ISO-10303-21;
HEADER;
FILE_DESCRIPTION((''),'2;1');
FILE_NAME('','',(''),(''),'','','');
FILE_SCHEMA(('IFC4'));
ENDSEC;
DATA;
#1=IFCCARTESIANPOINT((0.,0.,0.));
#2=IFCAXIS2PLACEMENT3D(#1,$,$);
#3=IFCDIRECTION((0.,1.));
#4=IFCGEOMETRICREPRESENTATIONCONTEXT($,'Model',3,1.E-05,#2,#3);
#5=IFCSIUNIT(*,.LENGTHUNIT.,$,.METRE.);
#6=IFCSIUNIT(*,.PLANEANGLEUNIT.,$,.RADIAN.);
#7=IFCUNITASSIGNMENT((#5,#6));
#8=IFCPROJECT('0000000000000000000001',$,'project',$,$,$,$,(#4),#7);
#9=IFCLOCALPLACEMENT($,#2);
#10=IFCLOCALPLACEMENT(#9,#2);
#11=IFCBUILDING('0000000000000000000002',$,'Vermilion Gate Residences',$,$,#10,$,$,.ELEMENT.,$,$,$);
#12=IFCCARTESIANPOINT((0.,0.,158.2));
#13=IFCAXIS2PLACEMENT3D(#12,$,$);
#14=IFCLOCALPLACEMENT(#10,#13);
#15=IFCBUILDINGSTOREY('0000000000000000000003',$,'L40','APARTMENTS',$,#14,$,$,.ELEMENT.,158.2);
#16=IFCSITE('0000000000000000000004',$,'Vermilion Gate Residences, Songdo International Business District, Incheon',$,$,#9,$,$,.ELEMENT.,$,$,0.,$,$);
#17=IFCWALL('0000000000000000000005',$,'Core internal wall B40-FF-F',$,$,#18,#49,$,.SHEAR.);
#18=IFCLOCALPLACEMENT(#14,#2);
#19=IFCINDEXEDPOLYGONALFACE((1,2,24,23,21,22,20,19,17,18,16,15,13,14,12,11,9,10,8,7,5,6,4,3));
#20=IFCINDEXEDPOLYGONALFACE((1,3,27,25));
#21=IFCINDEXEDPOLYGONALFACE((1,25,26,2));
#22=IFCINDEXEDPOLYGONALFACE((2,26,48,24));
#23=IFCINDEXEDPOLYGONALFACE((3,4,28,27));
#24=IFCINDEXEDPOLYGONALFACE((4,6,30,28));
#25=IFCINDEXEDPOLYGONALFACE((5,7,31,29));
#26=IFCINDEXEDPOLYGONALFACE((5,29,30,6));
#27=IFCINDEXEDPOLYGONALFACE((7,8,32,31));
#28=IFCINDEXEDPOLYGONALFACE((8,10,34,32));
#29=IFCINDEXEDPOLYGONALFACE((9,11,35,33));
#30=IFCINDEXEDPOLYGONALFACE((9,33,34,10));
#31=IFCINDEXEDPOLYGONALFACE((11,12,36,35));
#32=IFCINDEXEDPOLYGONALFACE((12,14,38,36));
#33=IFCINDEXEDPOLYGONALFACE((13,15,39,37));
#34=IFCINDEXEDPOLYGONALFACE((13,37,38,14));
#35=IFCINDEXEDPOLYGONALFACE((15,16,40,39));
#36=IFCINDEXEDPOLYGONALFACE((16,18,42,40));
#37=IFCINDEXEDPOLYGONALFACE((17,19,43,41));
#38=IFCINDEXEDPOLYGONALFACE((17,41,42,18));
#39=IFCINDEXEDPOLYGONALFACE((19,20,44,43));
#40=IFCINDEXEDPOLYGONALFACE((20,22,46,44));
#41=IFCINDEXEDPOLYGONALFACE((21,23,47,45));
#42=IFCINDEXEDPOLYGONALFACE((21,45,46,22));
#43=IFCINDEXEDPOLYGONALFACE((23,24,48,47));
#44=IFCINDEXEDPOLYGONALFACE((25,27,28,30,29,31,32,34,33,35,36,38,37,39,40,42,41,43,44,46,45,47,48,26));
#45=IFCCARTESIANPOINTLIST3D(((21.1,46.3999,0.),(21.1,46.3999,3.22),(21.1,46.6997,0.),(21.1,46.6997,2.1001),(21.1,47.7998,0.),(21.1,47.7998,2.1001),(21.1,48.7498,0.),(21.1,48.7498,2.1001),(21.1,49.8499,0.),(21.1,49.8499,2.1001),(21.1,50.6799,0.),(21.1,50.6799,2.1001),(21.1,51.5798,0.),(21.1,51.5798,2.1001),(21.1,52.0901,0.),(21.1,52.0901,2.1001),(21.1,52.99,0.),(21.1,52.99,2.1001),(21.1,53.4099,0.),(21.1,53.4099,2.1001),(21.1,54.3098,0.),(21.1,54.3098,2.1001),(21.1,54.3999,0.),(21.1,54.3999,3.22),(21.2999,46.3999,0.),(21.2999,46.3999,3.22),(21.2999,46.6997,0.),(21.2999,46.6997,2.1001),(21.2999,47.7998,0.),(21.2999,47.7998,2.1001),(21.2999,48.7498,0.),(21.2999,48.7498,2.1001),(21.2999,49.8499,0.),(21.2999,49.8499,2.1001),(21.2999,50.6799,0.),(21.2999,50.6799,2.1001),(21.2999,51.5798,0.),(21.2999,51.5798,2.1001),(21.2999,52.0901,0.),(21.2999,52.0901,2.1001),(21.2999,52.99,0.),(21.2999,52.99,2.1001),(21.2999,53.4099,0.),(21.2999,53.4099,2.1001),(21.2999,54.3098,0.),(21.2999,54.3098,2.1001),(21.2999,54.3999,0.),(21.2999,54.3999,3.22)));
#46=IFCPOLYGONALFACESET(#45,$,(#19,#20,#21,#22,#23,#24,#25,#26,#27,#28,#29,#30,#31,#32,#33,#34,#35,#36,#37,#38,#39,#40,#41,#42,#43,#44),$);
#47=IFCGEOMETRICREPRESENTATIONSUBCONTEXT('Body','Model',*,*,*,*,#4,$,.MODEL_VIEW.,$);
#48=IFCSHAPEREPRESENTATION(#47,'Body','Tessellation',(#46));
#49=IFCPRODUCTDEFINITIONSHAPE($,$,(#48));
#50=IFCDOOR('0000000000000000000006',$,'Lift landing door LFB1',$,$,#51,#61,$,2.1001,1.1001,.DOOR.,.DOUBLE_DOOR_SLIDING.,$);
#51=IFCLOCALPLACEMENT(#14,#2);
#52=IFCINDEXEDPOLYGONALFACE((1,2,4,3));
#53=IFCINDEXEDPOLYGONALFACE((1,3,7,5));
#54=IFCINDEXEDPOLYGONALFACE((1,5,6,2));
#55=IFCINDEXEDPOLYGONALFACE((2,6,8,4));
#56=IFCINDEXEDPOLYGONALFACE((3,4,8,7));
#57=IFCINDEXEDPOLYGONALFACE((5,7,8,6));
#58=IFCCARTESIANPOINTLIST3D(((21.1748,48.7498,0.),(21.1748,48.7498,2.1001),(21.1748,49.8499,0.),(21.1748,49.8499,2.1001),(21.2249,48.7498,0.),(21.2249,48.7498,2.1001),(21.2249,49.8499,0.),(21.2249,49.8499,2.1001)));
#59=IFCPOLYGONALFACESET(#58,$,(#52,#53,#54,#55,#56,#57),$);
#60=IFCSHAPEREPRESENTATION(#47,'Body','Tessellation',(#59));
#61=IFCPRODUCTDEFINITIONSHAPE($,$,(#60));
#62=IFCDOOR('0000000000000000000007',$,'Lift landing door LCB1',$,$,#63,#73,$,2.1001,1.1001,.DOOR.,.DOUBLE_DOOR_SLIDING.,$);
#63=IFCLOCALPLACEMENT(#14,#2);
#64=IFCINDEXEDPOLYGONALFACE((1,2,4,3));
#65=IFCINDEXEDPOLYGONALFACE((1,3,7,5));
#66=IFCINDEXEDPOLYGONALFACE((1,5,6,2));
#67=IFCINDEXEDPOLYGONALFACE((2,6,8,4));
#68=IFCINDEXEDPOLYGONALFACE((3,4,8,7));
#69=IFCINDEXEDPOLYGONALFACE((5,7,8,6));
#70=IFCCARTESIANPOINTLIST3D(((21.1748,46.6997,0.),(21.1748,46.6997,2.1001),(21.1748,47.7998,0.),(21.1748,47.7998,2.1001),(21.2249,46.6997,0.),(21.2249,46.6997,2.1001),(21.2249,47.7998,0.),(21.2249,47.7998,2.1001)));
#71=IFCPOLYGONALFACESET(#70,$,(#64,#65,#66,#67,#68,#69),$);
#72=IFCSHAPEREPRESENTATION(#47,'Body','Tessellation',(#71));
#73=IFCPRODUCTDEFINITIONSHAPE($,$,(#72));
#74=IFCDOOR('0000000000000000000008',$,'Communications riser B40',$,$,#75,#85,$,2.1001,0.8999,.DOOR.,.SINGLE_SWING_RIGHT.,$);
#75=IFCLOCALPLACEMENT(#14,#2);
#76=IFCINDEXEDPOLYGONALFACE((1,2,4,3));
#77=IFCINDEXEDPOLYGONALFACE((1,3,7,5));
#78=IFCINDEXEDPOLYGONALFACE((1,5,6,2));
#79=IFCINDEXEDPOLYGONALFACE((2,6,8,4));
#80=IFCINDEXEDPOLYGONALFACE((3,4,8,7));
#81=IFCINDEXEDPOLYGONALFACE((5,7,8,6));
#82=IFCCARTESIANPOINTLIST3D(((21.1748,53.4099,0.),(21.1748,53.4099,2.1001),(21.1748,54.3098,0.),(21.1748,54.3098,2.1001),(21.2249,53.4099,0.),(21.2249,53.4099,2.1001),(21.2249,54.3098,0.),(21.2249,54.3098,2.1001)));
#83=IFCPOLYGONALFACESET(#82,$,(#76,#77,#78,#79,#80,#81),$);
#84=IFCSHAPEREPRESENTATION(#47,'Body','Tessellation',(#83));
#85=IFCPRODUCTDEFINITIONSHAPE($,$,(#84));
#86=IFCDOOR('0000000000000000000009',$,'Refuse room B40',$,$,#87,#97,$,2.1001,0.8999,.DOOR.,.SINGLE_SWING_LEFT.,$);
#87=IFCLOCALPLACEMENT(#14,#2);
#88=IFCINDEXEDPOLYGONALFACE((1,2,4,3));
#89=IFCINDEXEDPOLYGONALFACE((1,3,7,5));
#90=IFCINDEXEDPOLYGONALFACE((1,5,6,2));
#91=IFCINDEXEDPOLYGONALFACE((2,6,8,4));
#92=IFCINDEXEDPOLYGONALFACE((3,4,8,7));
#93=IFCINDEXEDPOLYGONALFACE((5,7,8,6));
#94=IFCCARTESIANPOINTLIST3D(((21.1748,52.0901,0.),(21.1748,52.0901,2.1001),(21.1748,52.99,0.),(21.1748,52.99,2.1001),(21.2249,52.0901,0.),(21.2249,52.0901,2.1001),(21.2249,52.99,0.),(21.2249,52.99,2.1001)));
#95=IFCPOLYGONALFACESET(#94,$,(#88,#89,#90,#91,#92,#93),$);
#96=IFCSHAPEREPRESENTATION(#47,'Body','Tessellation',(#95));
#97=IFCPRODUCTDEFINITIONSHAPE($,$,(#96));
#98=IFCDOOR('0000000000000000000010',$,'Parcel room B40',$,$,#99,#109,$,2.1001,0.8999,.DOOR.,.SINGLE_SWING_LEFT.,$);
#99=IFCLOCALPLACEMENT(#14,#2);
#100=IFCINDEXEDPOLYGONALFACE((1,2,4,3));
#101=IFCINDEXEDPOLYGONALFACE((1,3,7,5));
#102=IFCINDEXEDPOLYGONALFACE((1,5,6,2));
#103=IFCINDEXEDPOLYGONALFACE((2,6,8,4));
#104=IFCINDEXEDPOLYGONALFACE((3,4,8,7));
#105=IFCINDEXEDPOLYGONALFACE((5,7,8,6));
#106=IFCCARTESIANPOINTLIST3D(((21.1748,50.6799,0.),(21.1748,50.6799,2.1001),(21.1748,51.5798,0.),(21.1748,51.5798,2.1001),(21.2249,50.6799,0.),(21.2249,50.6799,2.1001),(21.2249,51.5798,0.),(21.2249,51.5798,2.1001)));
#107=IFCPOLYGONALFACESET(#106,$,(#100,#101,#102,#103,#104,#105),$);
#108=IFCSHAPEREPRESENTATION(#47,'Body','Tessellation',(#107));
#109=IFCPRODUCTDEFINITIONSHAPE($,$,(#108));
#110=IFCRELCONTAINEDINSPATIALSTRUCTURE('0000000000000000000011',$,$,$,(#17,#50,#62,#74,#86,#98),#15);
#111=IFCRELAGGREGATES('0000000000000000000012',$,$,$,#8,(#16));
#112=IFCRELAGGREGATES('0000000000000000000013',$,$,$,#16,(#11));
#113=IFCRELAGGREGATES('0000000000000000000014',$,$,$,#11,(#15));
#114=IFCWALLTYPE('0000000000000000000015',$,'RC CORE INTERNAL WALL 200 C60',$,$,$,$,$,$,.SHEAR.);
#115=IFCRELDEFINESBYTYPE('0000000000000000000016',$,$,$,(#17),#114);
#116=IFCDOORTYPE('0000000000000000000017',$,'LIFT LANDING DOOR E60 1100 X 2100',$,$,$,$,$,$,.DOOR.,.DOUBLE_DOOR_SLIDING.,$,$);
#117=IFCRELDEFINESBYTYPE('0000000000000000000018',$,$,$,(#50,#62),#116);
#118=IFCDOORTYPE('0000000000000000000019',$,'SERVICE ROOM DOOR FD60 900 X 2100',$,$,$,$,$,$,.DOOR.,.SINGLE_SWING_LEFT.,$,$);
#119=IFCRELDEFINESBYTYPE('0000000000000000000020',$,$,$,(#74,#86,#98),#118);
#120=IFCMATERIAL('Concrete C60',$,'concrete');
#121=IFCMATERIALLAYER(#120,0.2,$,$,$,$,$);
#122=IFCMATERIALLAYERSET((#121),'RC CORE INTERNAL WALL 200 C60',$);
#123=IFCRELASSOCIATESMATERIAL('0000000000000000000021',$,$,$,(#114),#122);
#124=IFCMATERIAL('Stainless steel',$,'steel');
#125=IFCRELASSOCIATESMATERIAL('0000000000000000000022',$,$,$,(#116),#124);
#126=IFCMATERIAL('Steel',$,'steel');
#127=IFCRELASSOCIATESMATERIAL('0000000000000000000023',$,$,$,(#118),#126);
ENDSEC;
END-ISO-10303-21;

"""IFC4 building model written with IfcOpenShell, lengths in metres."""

from ifc_helpers import new_model, si_unit, direction, frame, frame_2d, origin, place, context, subcontext, project, spatial, rectangle, extrude, material, layer, layer_set, type_object, element, fill, save


model = new_model("IFC4")

# Units and contexts
model_context = context("Model", 3, precision=1e-05, world=origin(), true_north=direction((0.0, 1.0)))
body_context = subcontext(model_context, "Body", "Model", "MODEL_VIEW")
ifc_project = project(units=[si_unit("LENGTHUNIT", "METRE"), si_unit("PLANEANGLEUNIT", "RADIAN")], contexts=[model_context])

# Site, building, storey
site_placement = place(None, origin())
site = spatial("IfcSite", under=ifc_project, at=site_placement, Name="Vermilion Gate Residences, Songdo International Business District, Incheon", CompositionType="ELEMENT", RefElevation=0.0)
building_placement = place(site_placement, origin())
building = spatial("IfcBuilding", under=site, at=building_placement, Name="Vermilion Gate Residences", CompositionType="ELEMENT")
storey_placement = place(building_placement, frame((0.0, 0.0, 158.2)))
storey = spatial("IfcBuildingStorey", under=building, at=storey_placement, Name="L40", Description="APARTMENTS", CompositionType="ELEMENT", Elevation=158.2)

# Shared definitions
ifc_material_1 = material(Name="Concrete C60", Category="concrete")
ifc_layer_1 = layer(ifc_material_1, 0.2)
ifc_layer_set_1 = layer_set([ifc_layer_1], Name="RC CORE INTERNAL WALL 200 C60")
wall_type_1 = type_object("IfcWallType", Name="RC CORE INTERNAL WALL 200 C60", PredefinedType="SHEAR", material=ifc_layer_set_1)

# Wall, openings, doors
wall_1_placement = place(storey_placement, frame((21.2, 54.3999, 0.0), z_axis=(0.0, 0.0, 1.0), x_axis=(0.0, -1.0, 0.0)))
wall_1 = element("IfcWall", 1, at=wall_1_placement, inside=storey, type_object=wall_type_1, Name="Core internal wall B40-FF-F", PredefinedType="SHEAR", context=body_context, shape_type="SweptSolid", body=[
    extrude(rectangle(XDim=8.0, YDim=0.2, at=frame_2d((4.0, 0.0))), origin(), (0.0, 0.0, 1.0), 3.22),
])
opening_1_placement = place(wall_1_placement, frame((0.0901, 0.0, 0.0)))
opening_1 = element("IfcOpeningElement", 2, at=opening_1_placement, cuts=wall_1, PredefinedType="OPENING", context=body_context, shape_type="SweptSolid", body=[
    extrude(rectangle(XDim=0.8999, YDim=2.1001, at=frame_2d((0.45, 1.05))), frame((0.0, 0.1099, 0.0), z_axis=(0.0, -1.0, 0.0), x_axis=(1.0, 0.0, 0.0)), (0.0, 0.0, 1.0), 0.22),
])
opening_2_placement = place(wall_1_placement, frame((1.4099, 0.0, 0.0)))
opening_2 = element("IfcOpeningElement", 3, at=opening_2_placement, cuts=wall_1, PredefinedType="OPENING", context=body_context, shape_type="SweptSolid", body=[
    extrude(rectangle(XDim=0.8999, YDim=2.1001, at=frame_2d((0.45, 1.05))), frame((0.0, 0.1099, 0.0), z_axis=(0.0, -1.0, 0.0), x_axis=(1.0, 0.0, 0.0)), (0.0, 0.0, 1.0), 0.22),
])
opening_3_placement = place(wall_1_placement, frame((2.8201, 0.0, 0.0)))
opening_3 = element("IfcOpeningElement", 4, at=opening_3_placement, cuts=wall_1, PredefinedType="OPENING", context=body_context, shape_type="SweptSolid", body=[
    extrude(rectangle(XDim=0.8999, YDim=2.1001, at=frame_2d((0.45, 1.05))), frame((0.0, 0.1099, 0.0), z_axis=(0.0, -1.0, 0.0), x_axis=(1.0, 0.0, 0.0)), (0.0, 0.0, 1.0), 0.22),
])
opening_4_placement = place(wall_1_placement, frame((4.55, 0.0, 0.0)))
opening_4 = element("IfcOpeningElement", 5, at=opening_4_placement, cuts=wall_1, PredefinedType="OPENING", context=body_context, shape_type="SweptSolid", body=[
    extrude(rectangle(XDim=1.1001, YDim=2.1001, at=frame_2d((0.55, 1.05))), frame((0.0, 0.1099, 0.0), z_axis=(0.0, -1.0, 0.0), x_axis=(1.0, 0.0, 0.0)), (0.0, 0.0, 1.0), 0.22),
])
opening_5_placement = place(wall_1_placement, frame((6.6001, 0.0, 0.0)))
opening_5 = element("IfcOpeningElement", 6, at=opening_5_placement, cuts=wall_1, PredefinedType="OPENING", context=body_context, shape_type="SweptSolid", body=[
    extrude(rectangle(XDim=1.1001, YDim=2.1001, at=frame_2d((0.55, 1.05))), frame((0.0, 0.1099, 0.0), z_axis=(0.0, -1.0, 0.0), x_axis=(1.0, 0.0, 0.0)), (0.0, 0.0, 1.0), 0.22),
])
ifc_material_2 = material(Name="Stainless steel", Category="steel")
door_type_1 = type_object("IfcDoorType", Name="LIFT LANDING DOOR E60 1100 X 2100", OperationType="DOUBLE_DOOR_SLIDING", PredefinedType="DOOR", material=ifc_material_2)
door_1_placement = place(opening_4_placement, origin())
door_1 = element("IfcDoor", 7, at=door_1_placement, inside=storey, type_object=door_type_1, Name="Lift landing door LFB1", OperationType="DOUBLE_DOOR_SLIDING", OverallHeight=2.1001, OverallWidth=1.1001, PredefinedType="DOOR", context=body_context, shape_type="SweptSolid", body=[
    extrude(rectangle(XDim=1.1001, YDim=2.1001, at=frame_2d((0.55, 1.05))), frame((0.0, 0.0249, 0.0), z_axis=(0.0, -1.0, 0.0), x_axis=(1.0, 0.0, 0.0)), (0.0, 0.0, 1.0), 0.05),
])
fill(opening_4, door_1)
door_2_placement = place(opening_5_placement, origin())
door_2 = element("IfcDoor", 8, at=door_2_placement, inside=storey, type_object=door_type_1, Name="Lift landing door LCB1", OperationType="DOUBLE_DOOR_SLIDING", OverallHeight=2.1001, OverallWidth=1.1001, PredefinedType="DOOR", context=body_context, shape_type="SweptSolid", body=[
    extrude(rectangle(XDim=1.1001, YDim=2.1001, at=frame_2d((0.55, 1.05))), frame((0.0, 0.0249, 0.0), z_axis=(0.0, -1.0, 0.0), x_axis=(1.0, 0.0, 0.0)), (0.0, 0.0, 1.0), 0.05),
])
fill(opening_5, door_2)
ifc_material_3 = material(Name="Steel", Category="steel")
door_type_2 = type_object("IfcDoorType", Name="SERVICE ROOM DOOR FD60 900 X 2100", OperationType="SINGLE_SWING_LEFT", PredefinedType="DOOR", material=ifc_material_3)
door_3_placement = place(opening_1_placement, origin())
door_3 = element("IfcDoor", 9, at=door_3_placement, inside=storey, type_object=door_type_2, Name="Communications riser B40", OperationType="SINGLE_SWING_RIGHT", OverallHeight=2.1001, OverallWidth=0.8999, PredefinedType="DOOR", context=body_context, shape_type="SweptSolid", body=[
    extrude(rectangle(XDim=0.8999, YDim=2.1001, at=frame_2d((0.45, 1.05))), frame((0.0, 0.0249, 0.0), z_axis=(0.0, -1.0, 0.0), x_axis=(1.0, 0.0, 0.0)), (0.0, 0.0, 1.0), 0.05),
])
fill(opening_1, door_3)
door_4_placement = place(opening_2_placement, origin())
door_4 = element("IfcDoor", 10, at=door_4_placement, inside=storey, type_object=door_type_2, Name="Refuse room B40", OperationType="SINGLE_SWING_LEFT", OverallHeight=2.1001, OverallWidth=0.8999, PredefinedType="DOOR", context=body_context, shape_type="SweptSolid", body=[
    extrude(rectangle(XDim=0.8999, YDim=2.1001, at=frame_2d((0.45, 1.05))), frame((0.0, 0.0249, 0.0), z_axis=(0.0, -1.0, 0.0), x_axis=(1.0, 0.0, 0.0)), (0.0, 0.0, 1.0), 0.05),
])
fill(opening_2, door_4)
door_5_placement = place(opening_3_placement, origin())
door_5 = element("IfcDoor", 11, at=door_5_placement, inside=storey, type_object=door_type_2, Name="Parcel room B40", OperationType="SINGLE_SWING_LEFT", OverallHeight=2.1001, OverallWidth=0.8999, PredefinedType="DOOR", context=body_context, shape_type="SweptSolid", body=[
    extrude(rectangle(XDim=0.8999, YDim=2.1001, at=frame_2d((0.45, 1.05))), frame((0.0, 0.0249, 0.0), z_axis=(0.0, -1.0, 0.0), x_axis=(1.0, 0.0, 0.0)), (0.0, 0.0, 1.0), 0.05),
])
fill(opening_3, door_5)

save(model, "model.ifc")
